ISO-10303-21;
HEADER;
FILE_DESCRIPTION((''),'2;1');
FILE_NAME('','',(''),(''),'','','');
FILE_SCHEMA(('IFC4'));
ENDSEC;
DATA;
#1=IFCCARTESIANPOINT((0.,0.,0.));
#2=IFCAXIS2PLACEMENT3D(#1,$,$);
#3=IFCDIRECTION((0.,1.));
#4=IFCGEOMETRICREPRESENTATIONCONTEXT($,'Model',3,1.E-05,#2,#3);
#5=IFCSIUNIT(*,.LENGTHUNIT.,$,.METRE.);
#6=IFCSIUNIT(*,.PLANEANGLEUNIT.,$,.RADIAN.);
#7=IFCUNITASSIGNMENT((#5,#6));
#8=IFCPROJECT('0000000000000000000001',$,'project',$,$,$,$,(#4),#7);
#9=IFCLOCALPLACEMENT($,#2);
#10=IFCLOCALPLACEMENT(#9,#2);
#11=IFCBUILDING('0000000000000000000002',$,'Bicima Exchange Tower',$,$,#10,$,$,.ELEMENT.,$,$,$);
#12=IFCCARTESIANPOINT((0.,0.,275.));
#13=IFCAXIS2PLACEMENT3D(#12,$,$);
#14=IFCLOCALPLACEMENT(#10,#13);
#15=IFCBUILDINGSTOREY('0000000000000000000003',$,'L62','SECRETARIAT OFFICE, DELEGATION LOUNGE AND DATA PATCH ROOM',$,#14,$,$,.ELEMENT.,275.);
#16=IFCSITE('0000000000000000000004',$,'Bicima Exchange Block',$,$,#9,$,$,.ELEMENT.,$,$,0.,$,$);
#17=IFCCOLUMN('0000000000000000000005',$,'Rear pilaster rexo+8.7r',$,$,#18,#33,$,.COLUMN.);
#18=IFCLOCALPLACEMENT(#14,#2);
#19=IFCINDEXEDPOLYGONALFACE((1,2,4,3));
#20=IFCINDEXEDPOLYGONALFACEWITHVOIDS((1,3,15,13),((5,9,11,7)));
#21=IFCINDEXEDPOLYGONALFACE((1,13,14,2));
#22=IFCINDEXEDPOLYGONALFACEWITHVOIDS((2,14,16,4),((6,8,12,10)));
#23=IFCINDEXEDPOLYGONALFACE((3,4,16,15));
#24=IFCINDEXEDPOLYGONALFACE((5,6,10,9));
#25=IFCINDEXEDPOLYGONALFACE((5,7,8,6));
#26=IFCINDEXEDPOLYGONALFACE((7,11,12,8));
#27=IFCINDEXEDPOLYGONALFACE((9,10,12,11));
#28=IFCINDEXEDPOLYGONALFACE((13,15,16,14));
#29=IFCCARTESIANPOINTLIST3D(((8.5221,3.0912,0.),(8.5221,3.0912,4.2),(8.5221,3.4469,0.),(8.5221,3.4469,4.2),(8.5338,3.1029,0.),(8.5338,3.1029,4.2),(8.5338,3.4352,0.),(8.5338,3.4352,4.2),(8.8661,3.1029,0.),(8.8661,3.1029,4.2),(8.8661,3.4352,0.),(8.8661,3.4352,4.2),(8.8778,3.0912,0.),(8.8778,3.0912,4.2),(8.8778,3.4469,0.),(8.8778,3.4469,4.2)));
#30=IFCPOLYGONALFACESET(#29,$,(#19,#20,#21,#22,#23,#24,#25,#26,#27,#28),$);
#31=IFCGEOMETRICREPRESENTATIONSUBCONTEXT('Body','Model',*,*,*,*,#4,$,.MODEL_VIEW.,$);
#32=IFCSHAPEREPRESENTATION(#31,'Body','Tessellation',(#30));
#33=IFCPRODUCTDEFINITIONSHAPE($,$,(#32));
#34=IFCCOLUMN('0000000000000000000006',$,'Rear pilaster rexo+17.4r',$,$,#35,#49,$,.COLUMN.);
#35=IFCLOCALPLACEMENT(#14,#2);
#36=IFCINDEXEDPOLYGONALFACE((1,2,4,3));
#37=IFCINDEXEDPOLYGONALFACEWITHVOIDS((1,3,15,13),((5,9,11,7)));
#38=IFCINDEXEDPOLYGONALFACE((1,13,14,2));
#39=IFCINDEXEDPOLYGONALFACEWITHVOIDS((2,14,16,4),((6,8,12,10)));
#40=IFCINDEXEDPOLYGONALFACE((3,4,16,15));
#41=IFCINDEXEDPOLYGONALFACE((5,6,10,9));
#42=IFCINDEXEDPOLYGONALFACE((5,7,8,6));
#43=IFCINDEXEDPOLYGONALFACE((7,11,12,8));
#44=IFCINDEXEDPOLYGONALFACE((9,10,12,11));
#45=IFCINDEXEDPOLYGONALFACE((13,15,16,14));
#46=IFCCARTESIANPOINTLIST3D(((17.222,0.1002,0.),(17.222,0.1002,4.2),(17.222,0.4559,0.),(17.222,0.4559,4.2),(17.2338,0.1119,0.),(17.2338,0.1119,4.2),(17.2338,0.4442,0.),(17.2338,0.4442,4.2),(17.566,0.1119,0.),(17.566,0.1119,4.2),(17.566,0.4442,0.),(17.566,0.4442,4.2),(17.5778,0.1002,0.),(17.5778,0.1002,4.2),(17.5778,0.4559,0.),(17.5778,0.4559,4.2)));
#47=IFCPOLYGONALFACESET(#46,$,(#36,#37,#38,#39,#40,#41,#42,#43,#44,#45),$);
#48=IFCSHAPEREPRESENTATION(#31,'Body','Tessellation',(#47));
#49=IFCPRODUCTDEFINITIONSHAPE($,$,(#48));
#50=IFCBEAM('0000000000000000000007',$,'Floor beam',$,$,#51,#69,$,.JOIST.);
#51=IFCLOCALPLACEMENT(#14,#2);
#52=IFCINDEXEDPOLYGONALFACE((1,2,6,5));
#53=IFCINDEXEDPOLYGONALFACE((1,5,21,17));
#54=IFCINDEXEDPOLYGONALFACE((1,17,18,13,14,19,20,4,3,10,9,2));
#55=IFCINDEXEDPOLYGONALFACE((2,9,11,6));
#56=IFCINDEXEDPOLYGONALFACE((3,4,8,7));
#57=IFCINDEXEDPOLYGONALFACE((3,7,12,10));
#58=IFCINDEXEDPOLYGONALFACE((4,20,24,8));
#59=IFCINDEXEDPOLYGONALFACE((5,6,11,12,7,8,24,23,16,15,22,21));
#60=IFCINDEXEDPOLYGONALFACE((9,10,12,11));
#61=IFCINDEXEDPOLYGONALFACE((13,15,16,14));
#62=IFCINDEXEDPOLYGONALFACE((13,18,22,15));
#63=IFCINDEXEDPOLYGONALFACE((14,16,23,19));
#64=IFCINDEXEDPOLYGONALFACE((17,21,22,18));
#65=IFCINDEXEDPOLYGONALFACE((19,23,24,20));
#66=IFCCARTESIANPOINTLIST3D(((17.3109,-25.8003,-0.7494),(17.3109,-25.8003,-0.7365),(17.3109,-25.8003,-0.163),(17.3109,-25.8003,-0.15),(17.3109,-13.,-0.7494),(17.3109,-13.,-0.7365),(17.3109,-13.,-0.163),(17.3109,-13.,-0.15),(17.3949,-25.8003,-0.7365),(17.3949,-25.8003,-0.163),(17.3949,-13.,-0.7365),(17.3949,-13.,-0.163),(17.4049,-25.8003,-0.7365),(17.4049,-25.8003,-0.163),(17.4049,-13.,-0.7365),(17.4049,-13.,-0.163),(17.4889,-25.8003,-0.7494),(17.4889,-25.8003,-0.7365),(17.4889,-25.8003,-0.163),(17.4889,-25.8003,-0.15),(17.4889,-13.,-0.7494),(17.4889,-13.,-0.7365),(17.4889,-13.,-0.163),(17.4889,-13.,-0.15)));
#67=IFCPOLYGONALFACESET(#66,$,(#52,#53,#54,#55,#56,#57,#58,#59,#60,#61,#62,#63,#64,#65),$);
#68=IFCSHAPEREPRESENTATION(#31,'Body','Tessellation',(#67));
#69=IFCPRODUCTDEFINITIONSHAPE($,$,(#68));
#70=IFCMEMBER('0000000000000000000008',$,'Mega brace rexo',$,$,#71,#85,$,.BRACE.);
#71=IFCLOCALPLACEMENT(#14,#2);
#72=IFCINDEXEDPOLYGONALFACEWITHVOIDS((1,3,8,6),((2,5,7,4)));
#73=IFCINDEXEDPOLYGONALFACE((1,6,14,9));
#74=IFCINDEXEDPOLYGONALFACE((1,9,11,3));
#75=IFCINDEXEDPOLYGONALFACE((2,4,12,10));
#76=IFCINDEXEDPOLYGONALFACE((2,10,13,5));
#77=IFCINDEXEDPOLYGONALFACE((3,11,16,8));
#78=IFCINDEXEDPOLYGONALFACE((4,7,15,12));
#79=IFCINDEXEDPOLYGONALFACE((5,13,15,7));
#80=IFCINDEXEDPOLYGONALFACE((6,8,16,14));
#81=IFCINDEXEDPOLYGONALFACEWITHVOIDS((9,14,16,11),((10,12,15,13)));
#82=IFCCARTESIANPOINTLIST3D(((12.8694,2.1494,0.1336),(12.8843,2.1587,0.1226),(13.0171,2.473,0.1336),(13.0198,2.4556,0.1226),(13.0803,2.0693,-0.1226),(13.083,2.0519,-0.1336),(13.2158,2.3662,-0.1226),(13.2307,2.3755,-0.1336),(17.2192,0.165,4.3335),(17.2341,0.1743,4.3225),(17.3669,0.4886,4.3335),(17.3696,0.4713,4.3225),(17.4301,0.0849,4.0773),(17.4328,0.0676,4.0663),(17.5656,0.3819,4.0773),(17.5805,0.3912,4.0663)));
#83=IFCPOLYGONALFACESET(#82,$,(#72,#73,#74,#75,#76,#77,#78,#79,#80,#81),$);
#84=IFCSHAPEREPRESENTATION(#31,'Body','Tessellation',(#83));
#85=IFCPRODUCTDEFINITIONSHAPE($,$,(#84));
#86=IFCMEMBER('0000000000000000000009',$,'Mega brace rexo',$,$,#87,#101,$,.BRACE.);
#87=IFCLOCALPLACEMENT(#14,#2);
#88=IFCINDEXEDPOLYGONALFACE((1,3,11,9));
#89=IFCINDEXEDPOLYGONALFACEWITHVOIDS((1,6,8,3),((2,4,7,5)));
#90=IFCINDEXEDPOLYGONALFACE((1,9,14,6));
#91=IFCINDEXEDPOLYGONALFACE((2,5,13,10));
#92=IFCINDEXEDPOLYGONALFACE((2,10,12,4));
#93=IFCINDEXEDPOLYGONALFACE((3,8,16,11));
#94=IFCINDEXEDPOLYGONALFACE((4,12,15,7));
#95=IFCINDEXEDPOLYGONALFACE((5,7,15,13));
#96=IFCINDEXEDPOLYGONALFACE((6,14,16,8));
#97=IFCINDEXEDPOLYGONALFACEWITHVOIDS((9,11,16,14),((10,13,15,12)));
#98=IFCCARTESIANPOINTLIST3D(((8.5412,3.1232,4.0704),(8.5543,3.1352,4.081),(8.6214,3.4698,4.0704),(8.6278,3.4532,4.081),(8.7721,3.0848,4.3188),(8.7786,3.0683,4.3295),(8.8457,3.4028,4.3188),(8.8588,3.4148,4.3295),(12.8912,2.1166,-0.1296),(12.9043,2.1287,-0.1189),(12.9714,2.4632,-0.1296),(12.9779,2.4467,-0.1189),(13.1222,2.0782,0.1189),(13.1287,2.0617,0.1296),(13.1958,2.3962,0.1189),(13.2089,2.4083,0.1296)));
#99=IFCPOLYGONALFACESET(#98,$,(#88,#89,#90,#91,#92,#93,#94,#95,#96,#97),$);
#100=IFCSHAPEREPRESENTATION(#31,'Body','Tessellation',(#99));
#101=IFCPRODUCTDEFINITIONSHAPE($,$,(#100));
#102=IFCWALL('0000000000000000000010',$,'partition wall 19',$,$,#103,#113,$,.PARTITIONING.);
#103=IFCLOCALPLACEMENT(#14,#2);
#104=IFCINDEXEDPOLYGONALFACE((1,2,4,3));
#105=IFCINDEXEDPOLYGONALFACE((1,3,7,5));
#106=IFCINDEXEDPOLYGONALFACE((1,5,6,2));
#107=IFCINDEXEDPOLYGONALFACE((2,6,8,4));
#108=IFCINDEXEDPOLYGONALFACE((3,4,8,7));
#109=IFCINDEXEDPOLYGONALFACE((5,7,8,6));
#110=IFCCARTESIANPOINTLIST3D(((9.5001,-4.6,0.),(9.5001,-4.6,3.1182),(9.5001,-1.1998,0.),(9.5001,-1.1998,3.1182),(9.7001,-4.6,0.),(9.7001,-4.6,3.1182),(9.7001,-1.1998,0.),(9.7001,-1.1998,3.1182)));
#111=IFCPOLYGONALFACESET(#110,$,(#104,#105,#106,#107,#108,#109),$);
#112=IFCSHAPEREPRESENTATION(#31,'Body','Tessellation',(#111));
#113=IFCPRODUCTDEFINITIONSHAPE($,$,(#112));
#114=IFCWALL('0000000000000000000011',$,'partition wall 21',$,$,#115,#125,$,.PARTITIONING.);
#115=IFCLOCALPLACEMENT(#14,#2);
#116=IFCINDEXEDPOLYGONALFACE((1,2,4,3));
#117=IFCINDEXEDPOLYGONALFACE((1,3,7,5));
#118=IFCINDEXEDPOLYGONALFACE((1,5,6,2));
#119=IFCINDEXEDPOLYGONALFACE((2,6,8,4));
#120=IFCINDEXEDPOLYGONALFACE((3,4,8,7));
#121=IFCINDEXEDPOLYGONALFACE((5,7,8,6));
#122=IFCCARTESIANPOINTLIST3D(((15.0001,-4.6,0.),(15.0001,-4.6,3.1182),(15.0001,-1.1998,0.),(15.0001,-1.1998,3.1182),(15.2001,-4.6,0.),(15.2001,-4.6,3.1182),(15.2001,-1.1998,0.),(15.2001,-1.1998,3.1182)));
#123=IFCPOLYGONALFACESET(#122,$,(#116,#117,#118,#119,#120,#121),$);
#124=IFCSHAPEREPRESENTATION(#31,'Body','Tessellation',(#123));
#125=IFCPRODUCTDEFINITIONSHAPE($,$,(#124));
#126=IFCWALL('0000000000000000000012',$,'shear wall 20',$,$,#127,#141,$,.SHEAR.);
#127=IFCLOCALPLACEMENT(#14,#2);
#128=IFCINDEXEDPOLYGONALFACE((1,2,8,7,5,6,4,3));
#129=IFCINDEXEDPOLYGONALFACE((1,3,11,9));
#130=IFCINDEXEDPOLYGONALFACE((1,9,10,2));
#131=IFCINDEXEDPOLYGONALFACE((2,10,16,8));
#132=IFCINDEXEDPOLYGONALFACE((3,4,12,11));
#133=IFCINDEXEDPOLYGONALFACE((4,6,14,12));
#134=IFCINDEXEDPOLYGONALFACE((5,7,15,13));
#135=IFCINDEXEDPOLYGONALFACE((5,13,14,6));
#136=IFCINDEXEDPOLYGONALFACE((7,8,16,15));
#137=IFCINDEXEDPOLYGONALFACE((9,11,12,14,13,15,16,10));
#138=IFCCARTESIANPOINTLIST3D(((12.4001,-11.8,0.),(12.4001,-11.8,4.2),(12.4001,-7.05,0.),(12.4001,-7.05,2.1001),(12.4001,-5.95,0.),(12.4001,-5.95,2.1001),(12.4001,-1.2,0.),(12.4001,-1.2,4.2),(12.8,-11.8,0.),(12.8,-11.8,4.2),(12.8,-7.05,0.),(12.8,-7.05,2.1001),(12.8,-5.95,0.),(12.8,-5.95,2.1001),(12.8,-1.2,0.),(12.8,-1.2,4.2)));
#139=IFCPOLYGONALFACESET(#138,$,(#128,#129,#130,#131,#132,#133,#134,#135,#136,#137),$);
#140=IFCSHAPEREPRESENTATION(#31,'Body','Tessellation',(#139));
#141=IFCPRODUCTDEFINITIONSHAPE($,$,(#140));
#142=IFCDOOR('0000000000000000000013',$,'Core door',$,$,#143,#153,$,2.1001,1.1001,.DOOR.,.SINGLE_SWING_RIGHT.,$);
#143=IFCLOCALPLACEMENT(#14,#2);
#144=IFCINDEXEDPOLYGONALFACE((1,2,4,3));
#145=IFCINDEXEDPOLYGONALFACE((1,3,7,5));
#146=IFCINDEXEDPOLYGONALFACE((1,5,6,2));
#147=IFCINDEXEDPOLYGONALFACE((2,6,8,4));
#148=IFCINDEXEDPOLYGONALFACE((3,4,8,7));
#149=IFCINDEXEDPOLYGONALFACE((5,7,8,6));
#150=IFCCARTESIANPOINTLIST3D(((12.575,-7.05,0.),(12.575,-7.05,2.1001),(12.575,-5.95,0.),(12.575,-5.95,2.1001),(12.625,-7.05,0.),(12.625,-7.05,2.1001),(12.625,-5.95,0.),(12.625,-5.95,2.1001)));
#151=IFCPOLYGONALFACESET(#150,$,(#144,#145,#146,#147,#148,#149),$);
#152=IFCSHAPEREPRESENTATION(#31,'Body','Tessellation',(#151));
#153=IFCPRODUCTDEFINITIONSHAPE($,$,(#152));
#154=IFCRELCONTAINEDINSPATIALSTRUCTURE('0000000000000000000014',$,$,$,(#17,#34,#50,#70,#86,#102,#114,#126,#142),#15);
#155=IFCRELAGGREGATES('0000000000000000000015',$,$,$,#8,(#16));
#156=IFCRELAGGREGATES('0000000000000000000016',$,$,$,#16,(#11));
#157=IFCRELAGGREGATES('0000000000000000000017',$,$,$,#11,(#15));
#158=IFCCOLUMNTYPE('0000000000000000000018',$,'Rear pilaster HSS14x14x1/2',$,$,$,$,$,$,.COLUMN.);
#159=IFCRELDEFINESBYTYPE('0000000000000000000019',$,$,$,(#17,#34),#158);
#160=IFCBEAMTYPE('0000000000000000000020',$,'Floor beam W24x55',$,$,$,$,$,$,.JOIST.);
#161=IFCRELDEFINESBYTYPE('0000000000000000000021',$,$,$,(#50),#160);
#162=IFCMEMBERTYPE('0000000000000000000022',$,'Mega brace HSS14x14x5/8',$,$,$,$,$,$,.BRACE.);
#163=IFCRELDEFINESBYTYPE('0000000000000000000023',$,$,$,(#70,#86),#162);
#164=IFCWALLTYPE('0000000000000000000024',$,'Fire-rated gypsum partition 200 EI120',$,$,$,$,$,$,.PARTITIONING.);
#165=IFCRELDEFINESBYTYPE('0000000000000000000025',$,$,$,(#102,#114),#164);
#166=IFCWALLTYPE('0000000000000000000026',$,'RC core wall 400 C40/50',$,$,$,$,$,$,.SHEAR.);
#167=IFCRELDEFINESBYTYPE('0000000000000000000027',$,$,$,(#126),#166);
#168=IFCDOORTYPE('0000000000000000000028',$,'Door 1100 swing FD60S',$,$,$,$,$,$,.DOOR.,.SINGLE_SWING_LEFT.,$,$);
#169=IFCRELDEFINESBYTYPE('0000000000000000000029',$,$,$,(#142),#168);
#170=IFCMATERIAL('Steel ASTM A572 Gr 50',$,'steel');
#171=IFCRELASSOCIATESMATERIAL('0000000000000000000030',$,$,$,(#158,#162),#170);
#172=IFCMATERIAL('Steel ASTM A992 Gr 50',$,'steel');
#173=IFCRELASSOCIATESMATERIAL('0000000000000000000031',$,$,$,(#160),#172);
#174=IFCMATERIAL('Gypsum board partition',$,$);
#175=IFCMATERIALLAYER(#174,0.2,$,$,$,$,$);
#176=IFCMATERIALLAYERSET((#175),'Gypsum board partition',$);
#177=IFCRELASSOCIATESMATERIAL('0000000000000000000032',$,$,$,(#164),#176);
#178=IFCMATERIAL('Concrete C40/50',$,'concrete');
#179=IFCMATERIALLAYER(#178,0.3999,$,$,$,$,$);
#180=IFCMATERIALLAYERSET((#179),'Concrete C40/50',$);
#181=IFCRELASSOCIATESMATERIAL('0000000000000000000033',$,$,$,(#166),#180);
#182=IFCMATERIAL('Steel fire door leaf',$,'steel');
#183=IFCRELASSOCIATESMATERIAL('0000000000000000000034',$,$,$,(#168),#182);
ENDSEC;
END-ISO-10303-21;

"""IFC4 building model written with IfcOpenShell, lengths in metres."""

from ifc_helpers import new_model, si_unit, direction, frame, frame_2d, origin, origin_2d, place, context, subcontext, project, spatial, rectangle, hollow_rectangle, i_section, extrude, material, layer, layer_set, material_profile, profile_set, type_object, element, fill, save


model = new_model("IFC4")

# Units and contexts
model_context = context("Model", 3, precision=1e-05, world=origin(), true_north=direction((0.0, 1.0)))
body_context = subcontext(model_context, "Body", "Model", "MODEL_VIEW")
ifc_project = project(units=[si_unit("LENGTHUNIT", "METRE"), si_unit("PLANEANGLEUNIT", "RADIAN")], contexts=[model_context])

# Site, building, storey
site_placement = place(None, origin())
site = spatial("IfcSite", under=ifc_project, at=site_placement, Name="Bicima Exchange Block", CompositionType="ELEMENT", RefElevation=0.0)
building_placement = place(site_placement, origin())
building = spatial("IfcBuilding", under=site, at=building_placement, Name="Bicima Exchange Tower", CompositionType="ELEMENT")
storey_placement = place(building_placement, frame((0.0, 0.0, 275.0)))
storey = spatial("IfcBuildingStorey", under=building, at=storey_placement, Name="L62", Description="SECRETARIAT OFFICE, DELEGATION LOUNGE AND DATA PATCH ROOM", CompositionType="ELEMENT", Elevation=275.0)

# Columns
ifc_material_1 = material(Name="Steel ASTM A572 Gr 50", Category="steel")
ifc_material_profile_1 = material_profile(ifc_material_1, hollow_rectangle(XDim=0.3557, YDim=0.3557, WallThickness=0.0117, at=origin_2d()))
ifc_profile_set_1 = profile_set([ifc_material_profile_1], Name="Steel ASTM A572 Gr 50")
column_type = type_object("IfcColumnType", Name="Rear pilaster HSS14x14x1/2", PredefinedType="COLUMN", material=ifc_profile_set_1)
for number, where, z_axis, x_axis, name in (
    (1, (8.7, 3.269, 0.0), (0.0, 0.0, 1.0), (1.0, 0.0, 0.0), "Rear pilaster rexo+8.7r"),
    (2, (17.3999, 0.2781, 0.0), (0.0, 0.0, 1.0), (1.0, 0.0, 0.0), "Rear pilaster rexo+17.4r"),
):
    element("IfcColumn", number, at=place(storey_placement, frame(where, z_axis=z_axis, x_axis=x_axis)), inside=storey, type_object=column_type, Name=name, PredefinedType="COLUMN", context=body_context, shape_type="SweptSolid", body=[
        extrude(hollow_rectangle(XDim=0.3557, YDim=0.3557, WallThickness=0.0117, at=origin_2d()), origin(), (0.0, 0.0, 1.0), 4.2),
    ])

# Beam
ifc_material_2 = material(Name="Steel ASTM A992 Gr 50", Category="steel")
ifc_material_profile_2 = material_profile(ifc_material_2, i_section(OverallWidth=0.178, OverallDepth=0.5994, WebThickness=0.01, FlangeThickness=0.0129, at=origin_2d()))
ifc_profile_set_2 = profile_set([ifc_material_profile_2], Name="Steel ASTM A992 Gr 50")
beam_type = type_object("IfcBeamType", Name="Floor beam W24x55", PredefinedType="JOIST", material=ifc_profile_set_2)
beam_placement = place(storey_placement, frame((17.3999, -13.0, -0.4497), z_axis=(0.0, -1.0, 0.0), x_axis=(1.0, 0.0, 0.0)))
element("IfcBeam", 3, at=beam_placement, inside=storey, type_object=beam_type, Name="Floor beam", PredefinedType="JOIST", context=body_context, shape_type="SweptSolid", body=[
    extrude(i_section(OverallWidth=0.178, OverallDepth=0.5994, WebThickness=0.01, FlangeThickness=0.0129, at=origin_2d()), origin(), (0.0, 0.0, 1.0), 12.8003),
])

# Members
ifc_material_profile_3 = material_profile(ifc_material_1, hollow_rectangle(XDim=0.3557, YDim=0.3557, WallThickness=0.0146, at=origin_2d()))
ifc_profile_set_3 = profile_set([ifc_material_profile_3], Name="Steel ASTM A572 Gr 50")
member_type = type_object("IfcMemberType", Name="Mega brace HSS14x14x5/8", PredefinedType="BRACE", material=ifc_profile_set_3)
member_1_placement = place(storey_placement, frame((13.05, 2.2625, 0.0), z_axis=(0.683526, -0.31182, 0.65997), x_axis=(0.415045, 0.909801, 0.0)))
element("IfcMember", 4, at=member_1_placement, inside=storey, type_object=member_type, Name="Mega brace rexo", PredefinedType="BRACE", context=body_context, shape_type="SweptSolid", body=[
    extrude(hollow_rectangle(XDim=0.3557, YDim=0.3557, WallThickness=0.0146, at=origin_2d()), origin(), (0.0, 0.0, 1.0), 6.3638),
])
member_2_placement = place(storey_placement, frame((13.05, 2.2625, 0.0), z_axis=(-0.709648, 0.164209, 0.685154), x_axis=(-0.225439, -0.974257, 0.0)))
element("IfcMember", 5, at=member_2_placement, inside=storey, type_object=member_type, Name="Mega brace rexo", PredefinedType="BRACE", context=body_context, shape_type="SweptSolid", body=[
    extrude(hollow_rectangle(XDim=0.3557, YDim=0.3557, WallThickness=0.0146, at=origin_2d()), origin(), (0.0, 0.0, 1.0), 6.1299),
])

# Walls
ifc_material_3 = material(Name="Gypsum board partition")
ifc_layer_1 = layer(ifc_material_3, 0.2)
ifc_layer_set_1 = layer_set([ifc_layer_1], Name="Gypsum board partition")
wall_type_1 = type_object("IfcWallType", Name="Fire-rated gypsum partition 200 EI120", PredefinedType="PARTITIONING", material=ifc_layer_set_1)
for number, where, z_axis, x_axis, name in (
    (6, (9.6001, -4.6001, 0.0), (0.0, 0.0, 1.0), (0.0, 1.0, 0.0), "partition wall 19"),
    (7, (15.1001, -4.6001, 0.0), (0.0, 0.0, 1.0), (0.0, 1.0, 0.0), "partition wall 21"),
):
    element("IfcWall", number, at=place(storey_placement, frame(where, z_axis=z_axis, x_axis=x_axis)), inside=storey, type_object=wall_type_1, Name=name, PredefinedType="PARTITIONING", context=body_context, shape_type="SweptSolid", body=[
        extrude(rectangle(XDim=3.4001, YDim=0.2, at=frame_2d((1.7002, 0.0))), origin(), (0.0, 0.0, 1.0), 3.1182),
    ])

# Wall, opening, door
ifc_material_4 = material(Name="Concrete C40/50", Category="concrete")
ifc_layer_2 = layer(ifc_material_4, 0.3999)
ifc_layer_set_2 = layer_set([ifc_layer_2], Name="Concrete C40/50")
wall_type_2 = type_object("IfcWallType", Name="RC core wall 400 C40/50", PredefinedType="SHEAR", material=ifc_layer_set_2)
wall_1_placement = place(storey_placement, frame((12.6001, -11.8, 0.0), z_axis=(0.0, 0.0, 1.0), x_axis=(0.0, 1.0, 0.0)))
wall_1 = element("IfcWall", 8, at=wall_1_placement, inside=storey, type_object=wall_type_2, Name="shear wall 20", PredefinedType="SHEAR", context=body_context, shape_type="SweptSolid", body=[
    extrude(rectangle(XDim=10.6001, YDim=0.3999, at=frame_2d((5.3, 0.0))), origin(), (0.0, 0.0, 1.0), 4.2),
])
opening_1_placement = place(wall_1_placement, frame((4.75, 0.0, 0.0)))
opening_1 = element("IfcOpeningElement", 9, at=opening_1_placement, cuts=wall_1, PredefinedType="OPENING", context=body_context, shape_type="SweptSolid", body=[
    extrude(rectangle(XDim=1.1001, YDim=2.1001, at=frame_2d((0.55, 1.05))), frame((0.0, 0.2119, 0.0), z_axis=(0.0, -1.0, 0.0), x_axis=(1.0, 0.0, 0.0)), (0.0, 0.0, 1.0), 0.4238),
])
ifc_material_5 = material(Name="Steel fire door leaf", Category="steel")
door_type_1 = type_object("IfcDoorType", Name="Door 1100 swing FD60S", OperationType="SINGLE_SWING_LEFT", PredefinedType="DOOR", material=ifc_material_5)
door_1_placement = place(opening_1_placement, frame((1.1001, 0.0, 0.0), z_axis=(0.0, 0.0, 1.0), x_axis=(-1.0, 0.0, 0.0)))
door_1 = element("IfcDoor", 10, at=door_1_placement, inside=storey, type_object=door_type_1, Name="Core door", OperationType="SINGLE_SWING_RIGHT", OverallHeight=2.1001, OverallWidth=1.1001, PredefinedType="DOOR", context=body_context, shape_type="SweptSolid", body=[
    extrude(rectangle(XDim=1.1001, YDim=2.1001, at=frame_2d((0.55, 1.05))), frame((0.0, 0.0249, 0.0), z_axis=(0.0, -1.0, 0.0), x_axis=(1.0, 0.0, 0.0)), (0.0, 0.0, 1.0), 0.05),
])
fill(opening_1, door_1)

save(model, "model.ifc")
